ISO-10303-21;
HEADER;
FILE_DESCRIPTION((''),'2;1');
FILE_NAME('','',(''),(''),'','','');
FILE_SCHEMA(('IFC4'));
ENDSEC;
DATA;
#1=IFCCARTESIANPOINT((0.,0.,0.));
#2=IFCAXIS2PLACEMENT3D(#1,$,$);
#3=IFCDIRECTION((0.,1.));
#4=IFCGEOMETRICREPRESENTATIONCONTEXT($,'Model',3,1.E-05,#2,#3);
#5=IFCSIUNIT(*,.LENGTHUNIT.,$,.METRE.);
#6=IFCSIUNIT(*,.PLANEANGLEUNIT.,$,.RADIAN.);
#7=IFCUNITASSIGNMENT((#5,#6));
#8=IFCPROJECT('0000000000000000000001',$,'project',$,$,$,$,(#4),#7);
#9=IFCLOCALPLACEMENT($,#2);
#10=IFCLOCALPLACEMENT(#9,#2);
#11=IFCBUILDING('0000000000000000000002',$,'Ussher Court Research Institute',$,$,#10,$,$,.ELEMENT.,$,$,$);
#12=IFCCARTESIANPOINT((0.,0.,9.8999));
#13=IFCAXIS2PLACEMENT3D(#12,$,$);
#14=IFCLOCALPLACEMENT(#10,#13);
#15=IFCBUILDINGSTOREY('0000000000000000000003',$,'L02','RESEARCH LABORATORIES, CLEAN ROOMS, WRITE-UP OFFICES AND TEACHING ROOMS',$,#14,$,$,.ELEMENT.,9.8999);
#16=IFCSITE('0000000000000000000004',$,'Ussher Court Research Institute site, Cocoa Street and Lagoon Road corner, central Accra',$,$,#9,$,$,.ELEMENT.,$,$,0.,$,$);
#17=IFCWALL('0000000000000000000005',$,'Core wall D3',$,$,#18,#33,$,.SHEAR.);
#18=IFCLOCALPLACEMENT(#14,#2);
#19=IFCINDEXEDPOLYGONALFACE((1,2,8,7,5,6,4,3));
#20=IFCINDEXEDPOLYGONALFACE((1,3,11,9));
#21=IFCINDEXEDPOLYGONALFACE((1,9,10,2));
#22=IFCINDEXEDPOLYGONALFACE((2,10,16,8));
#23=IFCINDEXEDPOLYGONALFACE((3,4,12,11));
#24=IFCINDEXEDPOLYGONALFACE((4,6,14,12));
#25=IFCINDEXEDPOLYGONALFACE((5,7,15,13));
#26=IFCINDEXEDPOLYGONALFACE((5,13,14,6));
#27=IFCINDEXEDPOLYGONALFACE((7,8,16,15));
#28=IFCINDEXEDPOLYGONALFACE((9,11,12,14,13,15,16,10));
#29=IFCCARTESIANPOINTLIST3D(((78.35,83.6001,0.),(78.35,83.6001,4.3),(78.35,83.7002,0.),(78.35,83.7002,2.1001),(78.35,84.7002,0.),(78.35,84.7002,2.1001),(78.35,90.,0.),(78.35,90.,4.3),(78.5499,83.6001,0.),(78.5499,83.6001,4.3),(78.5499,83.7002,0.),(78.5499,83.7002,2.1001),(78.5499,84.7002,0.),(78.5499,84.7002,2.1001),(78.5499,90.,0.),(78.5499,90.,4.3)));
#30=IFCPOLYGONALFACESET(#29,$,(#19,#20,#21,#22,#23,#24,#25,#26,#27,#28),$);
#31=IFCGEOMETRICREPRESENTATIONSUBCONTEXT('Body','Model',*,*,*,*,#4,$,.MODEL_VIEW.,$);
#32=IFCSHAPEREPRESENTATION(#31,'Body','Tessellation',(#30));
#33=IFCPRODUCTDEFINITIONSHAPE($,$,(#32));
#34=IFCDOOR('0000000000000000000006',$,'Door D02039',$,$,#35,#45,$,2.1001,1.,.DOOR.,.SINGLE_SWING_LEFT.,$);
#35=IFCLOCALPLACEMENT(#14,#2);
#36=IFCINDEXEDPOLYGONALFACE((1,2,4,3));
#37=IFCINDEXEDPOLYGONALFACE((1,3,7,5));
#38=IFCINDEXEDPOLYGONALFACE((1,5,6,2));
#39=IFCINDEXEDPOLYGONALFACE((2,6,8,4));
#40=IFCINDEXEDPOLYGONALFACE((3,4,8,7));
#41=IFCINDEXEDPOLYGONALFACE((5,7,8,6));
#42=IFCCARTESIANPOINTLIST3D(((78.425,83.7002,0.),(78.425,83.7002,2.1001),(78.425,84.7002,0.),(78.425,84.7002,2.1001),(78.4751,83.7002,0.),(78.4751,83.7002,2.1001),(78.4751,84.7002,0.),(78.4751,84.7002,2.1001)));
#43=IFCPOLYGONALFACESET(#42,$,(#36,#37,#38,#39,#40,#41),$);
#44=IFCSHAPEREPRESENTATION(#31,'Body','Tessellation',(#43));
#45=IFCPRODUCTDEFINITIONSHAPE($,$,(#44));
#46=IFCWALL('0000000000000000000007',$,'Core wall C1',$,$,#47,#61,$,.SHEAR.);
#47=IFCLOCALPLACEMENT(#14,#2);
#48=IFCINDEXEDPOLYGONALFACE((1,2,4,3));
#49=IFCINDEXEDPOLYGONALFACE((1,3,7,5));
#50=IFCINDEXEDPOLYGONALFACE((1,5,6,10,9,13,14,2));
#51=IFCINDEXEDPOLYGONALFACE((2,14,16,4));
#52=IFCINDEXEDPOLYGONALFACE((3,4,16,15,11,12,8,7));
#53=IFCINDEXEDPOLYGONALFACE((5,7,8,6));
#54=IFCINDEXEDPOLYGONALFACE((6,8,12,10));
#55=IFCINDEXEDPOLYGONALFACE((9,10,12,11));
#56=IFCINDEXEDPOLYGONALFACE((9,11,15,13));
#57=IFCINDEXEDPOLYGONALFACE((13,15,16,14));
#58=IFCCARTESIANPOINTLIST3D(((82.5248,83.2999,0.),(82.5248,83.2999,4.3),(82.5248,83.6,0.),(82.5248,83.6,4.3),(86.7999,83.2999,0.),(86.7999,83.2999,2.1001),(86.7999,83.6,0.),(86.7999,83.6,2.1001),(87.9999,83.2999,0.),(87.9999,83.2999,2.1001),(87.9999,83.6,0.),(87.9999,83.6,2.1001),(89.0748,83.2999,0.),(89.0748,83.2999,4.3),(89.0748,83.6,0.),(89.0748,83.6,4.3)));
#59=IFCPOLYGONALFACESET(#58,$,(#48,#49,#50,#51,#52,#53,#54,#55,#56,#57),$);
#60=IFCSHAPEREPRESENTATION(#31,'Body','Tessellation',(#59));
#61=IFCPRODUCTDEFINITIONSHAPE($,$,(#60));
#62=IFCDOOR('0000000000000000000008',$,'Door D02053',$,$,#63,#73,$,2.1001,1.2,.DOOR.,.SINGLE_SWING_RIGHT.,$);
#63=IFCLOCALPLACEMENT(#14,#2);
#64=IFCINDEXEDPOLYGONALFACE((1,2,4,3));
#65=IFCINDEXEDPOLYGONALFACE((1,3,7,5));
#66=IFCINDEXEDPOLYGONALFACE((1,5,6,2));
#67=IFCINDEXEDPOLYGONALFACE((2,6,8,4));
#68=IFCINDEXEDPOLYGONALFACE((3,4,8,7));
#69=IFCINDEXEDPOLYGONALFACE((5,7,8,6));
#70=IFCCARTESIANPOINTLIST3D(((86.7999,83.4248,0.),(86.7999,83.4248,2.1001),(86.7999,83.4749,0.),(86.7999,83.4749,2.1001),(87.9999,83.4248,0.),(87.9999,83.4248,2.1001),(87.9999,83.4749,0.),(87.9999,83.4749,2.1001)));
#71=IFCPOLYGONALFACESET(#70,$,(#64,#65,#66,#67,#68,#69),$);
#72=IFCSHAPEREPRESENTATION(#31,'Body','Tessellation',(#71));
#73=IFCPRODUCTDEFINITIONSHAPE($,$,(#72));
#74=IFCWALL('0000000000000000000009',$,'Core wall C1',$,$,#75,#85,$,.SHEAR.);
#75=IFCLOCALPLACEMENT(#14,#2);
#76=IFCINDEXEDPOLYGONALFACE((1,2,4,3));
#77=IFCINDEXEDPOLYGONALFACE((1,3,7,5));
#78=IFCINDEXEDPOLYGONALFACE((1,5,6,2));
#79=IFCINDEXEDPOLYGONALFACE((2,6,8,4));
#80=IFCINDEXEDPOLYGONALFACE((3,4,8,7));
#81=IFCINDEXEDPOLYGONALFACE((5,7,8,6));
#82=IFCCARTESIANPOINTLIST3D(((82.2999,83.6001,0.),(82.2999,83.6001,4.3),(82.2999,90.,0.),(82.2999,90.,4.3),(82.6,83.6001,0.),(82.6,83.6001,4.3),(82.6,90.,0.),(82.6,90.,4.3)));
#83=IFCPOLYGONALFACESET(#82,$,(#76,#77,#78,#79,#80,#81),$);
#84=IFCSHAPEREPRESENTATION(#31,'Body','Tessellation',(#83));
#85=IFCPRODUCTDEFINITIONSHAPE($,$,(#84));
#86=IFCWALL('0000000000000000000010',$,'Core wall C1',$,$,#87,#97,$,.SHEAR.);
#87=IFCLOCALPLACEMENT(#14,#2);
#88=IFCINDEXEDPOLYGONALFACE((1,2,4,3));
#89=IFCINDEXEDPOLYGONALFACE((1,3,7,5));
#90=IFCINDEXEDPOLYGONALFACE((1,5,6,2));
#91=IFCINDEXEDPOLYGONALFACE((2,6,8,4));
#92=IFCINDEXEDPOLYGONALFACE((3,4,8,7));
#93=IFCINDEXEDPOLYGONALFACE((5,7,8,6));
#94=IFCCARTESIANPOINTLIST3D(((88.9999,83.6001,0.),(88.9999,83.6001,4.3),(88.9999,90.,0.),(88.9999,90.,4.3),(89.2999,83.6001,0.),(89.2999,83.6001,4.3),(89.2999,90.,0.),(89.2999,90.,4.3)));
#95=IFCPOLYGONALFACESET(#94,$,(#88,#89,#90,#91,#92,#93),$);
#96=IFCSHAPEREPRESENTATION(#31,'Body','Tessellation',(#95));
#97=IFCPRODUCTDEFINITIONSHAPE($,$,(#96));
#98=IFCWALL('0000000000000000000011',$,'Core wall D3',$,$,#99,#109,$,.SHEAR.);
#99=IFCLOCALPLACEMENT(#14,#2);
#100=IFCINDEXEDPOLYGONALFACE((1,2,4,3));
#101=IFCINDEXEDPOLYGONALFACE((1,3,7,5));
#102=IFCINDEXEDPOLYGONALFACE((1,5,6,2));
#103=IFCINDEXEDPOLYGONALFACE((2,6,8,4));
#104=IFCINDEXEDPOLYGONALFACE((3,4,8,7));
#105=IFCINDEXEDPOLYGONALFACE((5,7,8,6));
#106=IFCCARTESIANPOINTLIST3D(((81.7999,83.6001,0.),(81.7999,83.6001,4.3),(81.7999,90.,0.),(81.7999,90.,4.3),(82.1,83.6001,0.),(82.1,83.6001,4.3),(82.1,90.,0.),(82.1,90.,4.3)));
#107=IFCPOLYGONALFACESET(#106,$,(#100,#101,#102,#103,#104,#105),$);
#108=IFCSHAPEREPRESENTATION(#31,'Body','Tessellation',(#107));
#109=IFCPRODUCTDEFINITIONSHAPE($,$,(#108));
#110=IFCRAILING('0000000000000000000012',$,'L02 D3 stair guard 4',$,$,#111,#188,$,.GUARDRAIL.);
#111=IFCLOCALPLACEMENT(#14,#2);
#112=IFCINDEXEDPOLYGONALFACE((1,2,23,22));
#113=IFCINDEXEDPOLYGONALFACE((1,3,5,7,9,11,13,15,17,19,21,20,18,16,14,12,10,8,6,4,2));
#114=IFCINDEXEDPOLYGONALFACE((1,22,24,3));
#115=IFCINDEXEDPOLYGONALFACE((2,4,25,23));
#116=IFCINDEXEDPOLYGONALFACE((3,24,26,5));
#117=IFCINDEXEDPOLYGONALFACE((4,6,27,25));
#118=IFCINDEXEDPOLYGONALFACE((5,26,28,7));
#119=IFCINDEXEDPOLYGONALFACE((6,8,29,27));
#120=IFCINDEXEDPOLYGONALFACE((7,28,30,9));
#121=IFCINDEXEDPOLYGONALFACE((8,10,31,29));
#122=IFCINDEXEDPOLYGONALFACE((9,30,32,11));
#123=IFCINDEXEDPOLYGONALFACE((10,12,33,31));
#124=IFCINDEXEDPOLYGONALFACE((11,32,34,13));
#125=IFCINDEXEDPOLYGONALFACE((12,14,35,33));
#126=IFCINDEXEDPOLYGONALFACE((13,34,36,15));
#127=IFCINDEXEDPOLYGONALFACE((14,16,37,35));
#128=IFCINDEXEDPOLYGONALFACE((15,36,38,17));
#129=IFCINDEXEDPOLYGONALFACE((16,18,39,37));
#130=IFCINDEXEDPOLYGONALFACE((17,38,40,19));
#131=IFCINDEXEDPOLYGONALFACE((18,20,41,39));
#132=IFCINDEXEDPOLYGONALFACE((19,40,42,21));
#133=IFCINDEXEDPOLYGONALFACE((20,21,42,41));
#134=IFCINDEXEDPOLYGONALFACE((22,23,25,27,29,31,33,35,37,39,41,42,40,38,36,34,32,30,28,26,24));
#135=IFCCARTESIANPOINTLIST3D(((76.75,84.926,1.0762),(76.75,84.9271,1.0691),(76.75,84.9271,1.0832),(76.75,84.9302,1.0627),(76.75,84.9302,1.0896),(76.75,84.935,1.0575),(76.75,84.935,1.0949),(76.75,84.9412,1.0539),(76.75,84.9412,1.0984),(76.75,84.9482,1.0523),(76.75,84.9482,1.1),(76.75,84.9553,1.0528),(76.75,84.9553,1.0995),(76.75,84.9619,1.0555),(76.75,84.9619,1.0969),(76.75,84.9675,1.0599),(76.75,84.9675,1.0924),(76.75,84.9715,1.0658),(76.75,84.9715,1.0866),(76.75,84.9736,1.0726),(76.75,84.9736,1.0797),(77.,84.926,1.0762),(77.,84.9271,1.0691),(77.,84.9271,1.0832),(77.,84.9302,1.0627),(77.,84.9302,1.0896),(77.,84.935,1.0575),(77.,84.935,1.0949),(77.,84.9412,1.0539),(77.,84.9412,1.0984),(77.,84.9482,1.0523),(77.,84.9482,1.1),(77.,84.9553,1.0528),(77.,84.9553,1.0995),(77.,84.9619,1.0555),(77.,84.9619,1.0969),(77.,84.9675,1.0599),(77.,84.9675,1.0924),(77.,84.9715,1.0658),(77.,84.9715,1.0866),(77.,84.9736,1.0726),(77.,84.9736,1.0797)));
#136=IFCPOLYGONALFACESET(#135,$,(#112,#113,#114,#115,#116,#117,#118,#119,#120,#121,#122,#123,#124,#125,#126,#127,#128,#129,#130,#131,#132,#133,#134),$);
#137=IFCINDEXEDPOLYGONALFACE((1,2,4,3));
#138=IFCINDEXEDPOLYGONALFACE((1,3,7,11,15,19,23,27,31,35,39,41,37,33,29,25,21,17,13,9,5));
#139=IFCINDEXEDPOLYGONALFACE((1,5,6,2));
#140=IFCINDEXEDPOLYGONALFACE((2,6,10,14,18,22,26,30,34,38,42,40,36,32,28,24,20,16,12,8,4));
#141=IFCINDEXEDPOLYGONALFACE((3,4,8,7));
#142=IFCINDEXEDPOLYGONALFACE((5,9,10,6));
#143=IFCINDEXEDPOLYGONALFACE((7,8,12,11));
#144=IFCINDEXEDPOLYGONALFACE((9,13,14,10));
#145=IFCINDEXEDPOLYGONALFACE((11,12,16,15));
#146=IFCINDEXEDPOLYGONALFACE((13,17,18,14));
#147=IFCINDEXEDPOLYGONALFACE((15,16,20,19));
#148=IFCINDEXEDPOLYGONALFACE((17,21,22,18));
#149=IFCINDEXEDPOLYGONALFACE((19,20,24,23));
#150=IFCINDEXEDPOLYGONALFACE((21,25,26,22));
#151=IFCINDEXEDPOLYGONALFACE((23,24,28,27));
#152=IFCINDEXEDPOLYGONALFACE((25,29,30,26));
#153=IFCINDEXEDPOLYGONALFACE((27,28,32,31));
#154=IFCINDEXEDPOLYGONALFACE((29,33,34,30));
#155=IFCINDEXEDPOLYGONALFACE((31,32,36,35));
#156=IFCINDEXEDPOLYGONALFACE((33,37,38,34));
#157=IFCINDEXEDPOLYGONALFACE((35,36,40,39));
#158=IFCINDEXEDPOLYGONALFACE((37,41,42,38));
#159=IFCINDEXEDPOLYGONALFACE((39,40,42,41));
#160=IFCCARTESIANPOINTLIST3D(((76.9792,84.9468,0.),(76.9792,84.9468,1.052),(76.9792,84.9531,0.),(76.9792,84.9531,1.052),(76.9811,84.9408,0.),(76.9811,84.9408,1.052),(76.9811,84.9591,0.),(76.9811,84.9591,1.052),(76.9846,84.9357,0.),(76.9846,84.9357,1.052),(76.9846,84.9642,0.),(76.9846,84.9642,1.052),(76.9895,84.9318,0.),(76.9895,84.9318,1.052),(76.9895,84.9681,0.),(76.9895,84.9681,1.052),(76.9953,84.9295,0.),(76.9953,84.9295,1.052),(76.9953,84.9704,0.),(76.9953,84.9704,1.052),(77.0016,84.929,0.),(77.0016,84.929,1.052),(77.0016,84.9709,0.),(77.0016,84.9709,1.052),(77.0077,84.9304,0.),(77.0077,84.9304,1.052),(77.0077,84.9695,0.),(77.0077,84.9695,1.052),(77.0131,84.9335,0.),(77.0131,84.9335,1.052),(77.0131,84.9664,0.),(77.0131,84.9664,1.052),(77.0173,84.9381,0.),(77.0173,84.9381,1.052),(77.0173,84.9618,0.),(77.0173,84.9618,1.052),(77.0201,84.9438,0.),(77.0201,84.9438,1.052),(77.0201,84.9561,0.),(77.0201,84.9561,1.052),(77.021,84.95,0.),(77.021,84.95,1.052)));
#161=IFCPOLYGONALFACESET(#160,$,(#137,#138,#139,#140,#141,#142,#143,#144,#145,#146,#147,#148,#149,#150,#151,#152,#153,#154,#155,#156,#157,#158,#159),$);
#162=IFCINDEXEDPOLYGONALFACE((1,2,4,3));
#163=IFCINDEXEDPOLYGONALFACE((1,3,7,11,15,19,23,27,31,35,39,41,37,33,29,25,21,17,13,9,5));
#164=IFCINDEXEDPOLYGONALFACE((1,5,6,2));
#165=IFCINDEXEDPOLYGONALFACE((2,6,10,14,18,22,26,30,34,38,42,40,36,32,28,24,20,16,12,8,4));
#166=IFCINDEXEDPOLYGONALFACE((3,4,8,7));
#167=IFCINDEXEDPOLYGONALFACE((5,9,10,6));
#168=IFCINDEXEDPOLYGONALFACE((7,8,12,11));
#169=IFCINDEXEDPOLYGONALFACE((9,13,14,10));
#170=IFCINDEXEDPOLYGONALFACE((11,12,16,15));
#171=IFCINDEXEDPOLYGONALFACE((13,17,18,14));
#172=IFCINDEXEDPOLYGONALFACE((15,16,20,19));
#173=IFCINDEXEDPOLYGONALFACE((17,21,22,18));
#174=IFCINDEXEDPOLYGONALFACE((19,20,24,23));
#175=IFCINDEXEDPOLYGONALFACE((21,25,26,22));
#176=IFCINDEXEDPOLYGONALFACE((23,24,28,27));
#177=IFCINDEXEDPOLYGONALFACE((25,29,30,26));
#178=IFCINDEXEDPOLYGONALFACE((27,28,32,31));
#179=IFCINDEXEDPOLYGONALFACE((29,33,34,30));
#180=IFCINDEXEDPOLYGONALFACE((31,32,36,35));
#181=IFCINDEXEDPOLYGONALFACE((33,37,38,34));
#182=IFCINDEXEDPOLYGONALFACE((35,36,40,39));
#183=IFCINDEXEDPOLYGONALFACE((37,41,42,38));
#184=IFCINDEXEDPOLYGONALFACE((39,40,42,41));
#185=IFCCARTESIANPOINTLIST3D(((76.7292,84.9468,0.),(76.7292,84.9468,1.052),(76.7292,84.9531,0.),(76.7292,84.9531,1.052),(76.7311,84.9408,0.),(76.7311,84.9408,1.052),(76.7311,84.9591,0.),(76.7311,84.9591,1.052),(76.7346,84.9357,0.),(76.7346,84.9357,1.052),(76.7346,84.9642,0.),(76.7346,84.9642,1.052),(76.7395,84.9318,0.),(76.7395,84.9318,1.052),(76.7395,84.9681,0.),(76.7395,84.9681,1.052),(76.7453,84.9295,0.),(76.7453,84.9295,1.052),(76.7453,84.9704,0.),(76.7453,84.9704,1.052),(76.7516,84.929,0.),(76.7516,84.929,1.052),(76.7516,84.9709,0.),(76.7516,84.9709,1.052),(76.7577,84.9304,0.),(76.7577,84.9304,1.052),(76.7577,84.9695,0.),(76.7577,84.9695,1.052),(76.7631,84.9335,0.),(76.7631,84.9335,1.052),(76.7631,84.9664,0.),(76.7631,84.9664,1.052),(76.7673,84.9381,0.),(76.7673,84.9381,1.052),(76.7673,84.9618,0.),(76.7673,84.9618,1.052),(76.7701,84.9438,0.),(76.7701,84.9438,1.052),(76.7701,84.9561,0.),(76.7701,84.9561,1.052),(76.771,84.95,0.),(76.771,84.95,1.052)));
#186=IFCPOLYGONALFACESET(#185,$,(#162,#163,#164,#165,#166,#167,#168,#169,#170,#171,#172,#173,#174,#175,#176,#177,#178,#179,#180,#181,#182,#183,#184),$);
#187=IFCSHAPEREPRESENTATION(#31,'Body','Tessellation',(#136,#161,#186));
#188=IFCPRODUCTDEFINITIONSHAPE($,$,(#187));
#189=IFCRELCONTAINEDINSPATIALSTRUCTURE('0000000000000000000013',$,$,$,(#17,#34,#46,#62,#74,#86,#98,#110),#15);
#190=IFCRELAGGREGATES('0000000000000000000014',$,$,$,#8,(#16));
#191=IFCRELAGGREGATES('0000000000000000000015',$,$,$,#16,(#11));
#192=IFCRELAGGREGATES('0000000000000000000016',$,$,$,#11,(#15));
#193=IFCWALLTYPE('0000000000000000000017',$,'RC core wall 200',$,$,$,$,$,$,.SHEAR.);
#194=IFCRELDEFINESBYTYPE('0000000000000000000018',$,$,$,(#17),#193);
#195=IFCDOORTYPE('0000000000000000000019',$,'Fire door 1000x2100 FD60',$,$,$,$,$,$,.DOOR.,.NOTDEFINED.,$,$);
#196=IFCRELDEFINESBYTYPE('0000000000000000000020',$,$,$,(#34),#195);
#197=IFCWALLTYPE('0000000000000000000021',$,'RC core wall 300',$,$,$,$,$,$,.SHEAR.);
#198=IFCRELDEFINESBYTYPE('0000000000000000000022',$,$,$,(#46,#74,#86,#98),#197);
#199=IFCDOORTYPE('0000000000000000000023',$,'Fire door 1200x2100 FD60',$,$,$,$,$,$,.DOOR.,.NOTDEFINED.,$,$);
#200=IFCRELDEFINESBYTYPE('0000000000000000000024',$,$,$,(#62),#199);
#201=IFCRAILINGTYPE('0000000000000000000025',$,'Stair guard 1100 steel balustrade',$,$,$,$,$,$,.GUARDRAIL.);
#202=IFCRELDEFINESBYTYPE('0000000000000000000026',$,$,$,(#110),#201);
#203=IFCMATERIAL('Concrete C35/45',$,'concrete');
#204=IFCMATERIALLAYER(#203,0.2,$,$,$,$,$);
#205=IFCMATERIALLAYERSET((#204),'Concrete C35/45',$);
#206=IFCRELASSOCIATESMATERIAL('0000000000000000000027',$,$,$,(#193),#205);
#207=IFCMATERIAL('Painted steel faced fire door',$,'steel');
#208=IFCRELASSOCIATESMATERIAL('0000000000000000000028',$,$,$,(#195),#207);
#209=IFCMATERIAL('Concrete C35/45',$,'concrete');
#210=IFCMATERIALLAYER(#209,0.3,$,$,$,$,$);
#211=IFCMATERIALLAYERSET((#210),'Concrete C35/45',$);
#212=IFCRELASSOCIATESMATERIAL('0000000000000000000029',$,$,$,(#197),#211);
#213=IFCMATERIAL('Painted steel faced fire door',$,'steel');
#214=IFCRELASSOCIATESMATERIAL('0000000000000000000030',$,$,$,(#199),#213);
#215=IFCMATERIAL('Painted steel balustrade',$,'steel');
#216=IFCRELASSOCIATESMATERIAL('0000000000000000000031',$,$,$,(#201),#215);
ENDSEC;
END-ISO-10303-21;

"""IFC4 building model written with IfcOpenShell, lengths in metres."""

from ifc_helpers import new_model, si_unit, direction, frame, frame_2d, origin, origin_2d, place, context, subcontext, project, spatial, rectangle, circle, extrude, material, layer, layer_set, type_object, element, fill, save


model = new_model("IFC4")

# Units and contexts
model_context = context("Model", 3, precision=1e-05, world=origin(), true_north=direction((0.0, 1.0)))
body_context = subcontext(model_context, "Body", "Model", "MODEL_VIEW")
ifc_project = project(units=[si_unit("LENGTHUNIT", "METRE"), si_unit("PLANEANGLEUNIT", "RADIAN")], contexts=[model_context])

# Site, building, storey
site_placement = place(None, origin())
site = spatial("IfcSite", under=ifc_project, at=site_placement, Name="Ussher Court Research Institute site, Cocoa Street and Lagoon Road corner, central Accra", CompositionType="ELEMENT", RefElevation=0.0)
building_placement = place(site_placement, origin())
building = spatial("IfcBuilding", under=site, at=building_placement, Name="Ussher Court Research Institute", CompositionType="ELEMENT")
storey_placement = place(building_placement, frame((0.0, 0.0, 9.8999)))
storey = spatial("IfcBuildingStorey", under=building, at=storey_placement, Name="L02", Description="RESEARCH LABORATORIES, CLEAN ROOMS, WRITE-UP OFFICES AND TEACHING ROOMS", CompositionType="ELEMENT", Elevation=9.8999)

# Walls, openings, doors
ifc_material_1 = material(Name="Concrete C35/45", Category="concrete")
ifc_layer_1 = layer(ifc_material_1, 0.2)
ifc_layer_set_1 = layer_set([ifc_layer_1], Name="Concrete C35/45")
wall_type_1 = type_object("IfcWallType", Name="RC core wall 200", PredefinedType="SHEAR", material=ifc_layer_set_1)
ifc_material_2 = material(Name="Painted steel faced fire door", Category="steel")
door_type_1 = type_object("IfcDoorType", Name="Fire door 1000x2100 FD60", OperationType="NOTDEFINED", PredefinedType="DOOR", material=ifc_material_2)
wall_1_placement = place(storey_placement, frame((78.45, 83.6001, 0.0), z_axis=(0.0, 0.0, 1.0), x_axis=(0.0, 1.0, 0.0)))
wall_1 = element("IfcWall", 1, at=wall_1_placement, inside=storey, type_object=wall_type_1, Name="Core wall D3", PredefinedType="SHEAR", context=body_context, shape_type="SweptSolid", body=[
    extrude(rectangle(XDim=6.3999, YDim=0.2, at=frame_2d((3.2, 0.0))), origin(), (0.0, 0.0, 1.0), 4.3),
])
opening_1_placement = place(wall_1_placement, frame((0.1001, 0.0, 0.0)))
opening_1 = element("IfcOpeningElement", 2, at=opening_1_placement, cuts=wall_1, PredefinedType="OPENING", context=body_context, shape_type="SweptSolid", body=[
    extrude(rectangle(XDim=1.0, YDim=2.1001, at=frame_2d((0.5, 1.05))), frame((0.0, 0.1099, 0.0), z_axis=(0.0, -1.0, 0.0), x_axis=(1.0, 0.0, 0.0)), (0.0, 0.0, 1.0), 0.22),
])
door_1_placement = place(opening_1_placement, origin())
door_1 = element("IfcDoor", 3, at=door_1_placement, inside=storey, type_object=door_type_1, Name="Door D02039", OperationType="SINGLE_SWING_LEFT", OverallHeight=2.1001, OverallWidth=1.0, PredefinedType="DOOR", context=body_context, shape_type="SweptSolid", body=[
    extrude(rectangle(XDim=1.0, YDim=2.1001, at=frame_2d((0.5, 1.05))), frame((0.0, 0.0249, 0.0), z_axis=(0.0, -1.0, 0.0), x_axis=(1.0, 0.0, 0.0)), (0.0, 0.0, 1.0), 0.05),
])
fill(opening_1, door_1)
ifc_material_3 = material(Name="Concrete C35/45", Category="concrete")
ifc_layer_2 = layer(ifc_material_3, 0.3)
ifc_layer_set_2 = layer_set([ifc_layer_2], Name="Concrete C35/45")
wall_type_2 = type_object("IfcWallType", Name="RC core wall 300", PredefinedType="SHEAR", material=ifc_layer_set_2)
wall_2_placement = place(storey_placement, frame((82.5249, 83.45, 0.0), z_axis=(0.0, 0.0, 1.0), x_axis=(1.0, 0.0, 0.0)))
wall_2 = element("IfcWall", 4, at=wall_2_placement, inside=storey, type_object=wall_type_2, Name="Core wall C1", PredefinedType="SHEAR", context=body_context, shape_type="SweptSolid", body=[
    extrude(rectangle(XDim=6.55, YDim=0.3, at=frame_2d((3.2749, 0.0))), origin(), (0.0, 0.0, 1.0), 4.3),
])
opening_2_placement = place(wall_2_placement, frame((4.2749, 0.0, 0.0)))
opening_2 = element("IfcOpeningElement", 5, at=opening_2_placement, cuts=wall_2, PredefinedType="OPENING", context=body_context, shape_type="SweptSolid", body=[
    extrude(rectangle(XDim=1.2, YDim=2.1001, at=frame_2d((0.6001, 1.05))), frame((0.0, 0.1602, 0.0), z_axis=(0.0, -1.0, 0.0), x_axis=(1.0, 0.0, 0.0)), (0.0, 0.0, 1.0), 0.3201),
])
ifc_material_4 = material(Name="Painted steel faced fire door", Category="steel")
door_type_2 = type_object("IfcDoorType", Name="Fire door 1200x2100 FD60", OperationType="NOTDEFINED", PredefinedType="DOOR", material=ifc_material_4)
door_2_placement = place(opening_2_placement, origin())
door_2 = element("IfcDoor", 6, at=door_2_placement, inside=storey, type_object=door_type_2, Name="Door D02053", OperationType="SINGLE_SWING_RIGHT", OverallHeight=2.1001, OverallWidth=1.2, PredefinedType="DOOR", context=body_context, shape_type="SweptSolid", body=[
    extrude(rectangle(XDim=1.2, YDim=2.1001, at=frame_2d((0.6001, 1.05))), frame((0.0, 0.0249, 0.0), z_axis=(0.0, -1.0, 0.0), x_axis=(1.0, 0.0, 0.0)), (0.0, 0.0, 1.0), 0.05),
])
fill(opening_2, door_2)

# Walls
for number, where, z_axis, x_axis, name in (
    (7, (82.45, 83.6001, 0.0), (0.0, 0.0, 1.0), (0.0, 1.0, 0.0), "Core wall C1"),
    (8, (89.1499, 83.6001, 0.0), (0.0, 0.0, 1.0), (0.0, 1.0, 0.0), "Core wall C1"),
    (9, (81.95, 83.6001, 0.0), (0.0, 0.0, 1.0), (0.0, 1.0, 0.0), "Core wall D3"),
):
    element("IfcWall", number, at=place(storey_placement, frame(where, z_axis=z_axis, x_axis=x_axis)), inside=storey, type_object=wall_type_2, Name=name, PredefinedType="SHEAR", context=body_context, shape_type="SweptSolid", body=[
        extrude(rectangle(XDim=6.3999, YDim=0.3, at=frame_2d((3.2, 0.0))), origin(), (0.0, 0.0, 1.0), 4.3),
    ])

# Railing
ifc_material_5 = material(Name="Painted steel balustrade", Category="steel")
railing_type = type_object("IfcRailingType", Name="Stair guard 1100 steel balustrade", PredefinedType="GUARDRAIL", material=ifc_material_5)
railing_placement = place(storey_placement, frame((77.0, 84.95, 0.0)))
element("IfcRailing", 10, at=railing_placement, inside=storey, type_object=railing_type, Name="L02 D3 stair guard 4", PredefinedType="GUARDRAIL", context=body_context, shape_type="SweptSolid", body=[
    extrude(circle(Radius=0.0239, at=origin_2d()), frame((0.0, 0.0, 1.0762), z_axis=(-1.0, 0.0, 0.0), x_axis=(0.0, -1.0, 0.0)), (0.0, 0.0, 1.0), 0.25),
    extrude(circle(Radius=0.021, at=origin_2d()), origin(), (0.0, 0.0, 1.0), 1.052),
    extrude(circle(Radius=0.021, at=origin_2d()), frame((-0.25, 0.0, 0.0)), (0.0, 0.0, 1.0), 1.052),
])

save(model, "model.ifc")
